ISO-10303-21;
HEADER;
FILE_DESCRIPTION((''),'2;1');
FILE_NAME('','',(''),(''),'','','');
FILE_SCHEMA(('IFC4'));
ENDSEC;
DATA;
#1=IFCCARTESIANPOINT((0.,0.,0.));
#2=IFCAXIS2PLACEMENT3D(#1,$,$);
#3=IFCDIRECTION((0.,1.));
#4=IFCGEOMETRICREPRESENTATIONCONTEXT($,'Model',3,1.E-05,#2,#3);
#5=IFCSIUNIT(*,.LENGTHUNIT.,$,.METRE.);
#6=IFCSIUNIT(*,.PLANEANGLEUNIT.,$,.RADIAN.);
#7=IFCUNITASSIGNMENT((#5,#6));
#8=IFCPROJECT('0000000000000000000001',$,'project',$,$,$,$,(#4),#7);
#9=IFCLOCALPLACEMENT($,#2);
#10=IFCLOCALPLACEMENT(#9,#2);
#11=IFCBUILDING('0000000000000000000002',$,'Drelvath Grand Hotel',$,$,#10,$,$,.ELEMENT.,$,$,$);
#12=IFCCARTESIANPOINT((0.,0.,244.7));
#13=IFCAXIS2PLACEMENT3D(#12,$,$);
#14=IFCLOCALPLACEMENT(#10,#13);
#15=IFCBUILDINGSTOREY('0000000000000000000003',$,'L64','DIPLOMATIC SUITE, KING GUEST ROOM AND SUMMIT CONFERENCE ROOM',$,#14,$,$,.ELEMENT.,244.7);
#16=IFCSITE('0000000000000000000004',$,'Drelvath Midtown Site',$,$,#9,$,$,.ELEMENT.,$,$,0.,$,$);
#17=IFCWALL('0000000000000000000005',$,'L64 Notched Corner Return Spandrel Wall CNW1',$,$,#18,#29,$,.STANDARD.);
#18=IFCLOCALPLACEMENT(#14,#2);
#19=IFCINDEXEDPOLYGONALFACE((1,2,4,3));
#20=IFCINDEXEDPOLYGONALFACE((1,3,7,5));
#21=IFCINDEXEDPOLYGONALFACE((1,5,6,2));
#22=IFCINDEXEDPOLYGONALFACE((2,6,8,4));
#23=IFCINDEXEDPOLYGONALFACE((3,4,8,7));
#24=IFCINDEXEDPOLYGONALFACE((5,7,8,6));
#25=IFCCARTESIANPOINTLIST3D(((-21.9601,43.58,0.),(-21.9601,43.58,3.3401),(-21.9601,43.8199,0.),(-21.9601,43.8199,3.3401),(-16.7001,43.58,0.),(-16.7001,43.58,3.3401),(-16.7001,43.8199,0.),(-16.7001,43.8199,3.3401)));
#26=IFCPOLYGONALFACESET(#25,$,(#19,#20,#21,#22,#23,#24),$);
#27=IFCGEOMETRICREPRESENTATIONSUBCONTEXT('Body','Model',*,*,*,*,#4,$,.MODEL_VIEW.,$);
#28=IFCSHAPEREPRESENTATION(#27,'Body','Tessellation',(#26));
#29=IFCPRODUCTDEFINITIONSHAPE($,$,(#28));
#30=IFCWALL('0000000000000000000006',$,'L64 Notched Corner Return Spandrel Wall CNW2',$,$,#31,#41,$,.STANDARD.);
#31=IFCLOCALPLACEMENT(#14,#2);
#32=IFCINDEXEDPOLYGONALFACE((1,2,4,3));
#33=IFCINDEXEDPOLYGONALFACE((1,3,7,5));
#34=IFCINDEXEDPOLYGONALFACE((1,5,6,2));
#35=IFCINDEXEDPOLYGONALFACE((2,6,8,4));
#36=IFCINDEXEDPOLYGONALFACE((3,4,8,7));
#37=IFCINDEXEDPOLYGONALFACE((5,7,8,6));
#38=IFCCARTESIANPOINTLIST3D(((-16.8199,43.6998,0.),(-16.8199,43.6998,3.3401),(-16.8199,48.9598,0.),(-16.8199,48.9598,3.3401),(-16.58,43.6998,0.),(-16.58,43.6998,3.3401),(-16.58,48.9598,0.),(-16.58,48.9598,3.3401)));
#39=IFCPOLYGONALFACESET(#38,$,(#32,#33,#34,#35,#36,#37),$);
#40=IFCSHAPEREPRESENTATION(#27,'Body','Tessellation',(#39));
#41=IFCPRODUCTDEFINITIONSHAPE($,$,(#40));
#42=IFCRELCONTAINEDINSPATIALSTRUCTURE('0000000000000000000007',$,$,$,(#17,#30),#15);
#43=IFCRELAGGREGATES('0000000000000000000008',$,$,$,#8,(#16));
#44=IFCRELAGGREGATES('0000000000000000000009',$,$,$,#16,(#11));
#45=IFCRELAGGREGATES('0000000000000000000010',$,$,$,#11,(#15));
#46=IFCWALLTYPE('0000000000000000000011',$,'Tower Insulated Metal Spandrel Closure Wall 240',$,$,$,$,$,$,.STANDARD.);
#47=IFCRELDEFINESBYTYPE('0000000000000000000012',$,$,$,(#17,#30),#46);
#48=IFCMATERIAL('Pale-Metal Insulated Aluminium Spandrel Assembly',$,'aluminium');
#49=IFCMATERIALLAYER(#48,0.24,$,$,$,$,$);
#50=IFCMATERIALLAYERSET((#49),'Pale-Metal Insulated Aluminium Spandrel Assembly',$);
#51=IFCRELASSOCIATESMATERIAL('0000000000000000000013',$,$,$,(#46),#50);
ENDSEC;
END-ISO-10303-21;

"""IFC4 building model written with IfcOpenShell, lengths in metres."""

from ifc_helpers import new_model, si_unit, direction, frame, frame_2d, origin, place, context, subcontext, project, spatial, rectangle, extrude, material, layer, layer_set, type_object, element, save


model = new_model("IFC4")

# Units and contexts
model_context = context("Model", 3, precision=1e-05, world=origin(), true_north=direction((0.0, 1.0)))
body_context = subcontext(model_context, "Body", "Model", "MODEL_VIEW")
ifc_project = project(units=[si_unit("LENGTHUNIT", "METRE"), si_unit("PLANEANGLEUNIT", "RADIAN")], contexts=[model_context])

# Site, building, storey
site_placement = place(None, origin())
site = spatial("IfcSite", under=ifc_project, at=site_placement, Name="Drelvath Midtown Site", CompositionType="ELEMENT", RefElevation=0.0)
building_placement = place(site_placement, origin())
building = spatial("IfcBuilding", under=site, at=building_placement, Name="Drelvath Grand Hotel", CompositionType="ELEMENT")
storey_placement = place(building_placement, frame((0.0, 0.0, 244.7)))
storey = spatial("IfcBuildingStorey", under=building, at=storey_placement, Name="L64", Description="DIPLOMATIC SUITE, KING GUEST ROOM AND SUMMIT CONFERENCE ROOM", CompositionType="ELEMENT", Elevation=244.7)

# Walls
ifc_material_1 = material(Name="Pale-Metal Insulated Aluminium Spandrel Assembly", Category="aluminium")
ifc_layer_1 = layer(ifc_material_1, 0.24)
ifc_layer_set_1 = layer_set([ifc_layer_1], Name="Pale-Metal Insulated Aluminium Spandrel Assembly")
wall_type_1 = type_object("IfcWallType", Name="Tower Insulated Metal Spandrel Closure Wall 240", PredefinedType="STANDARD", material=ifc_layer_set_1)
for number, where, z_axis, x_axis, name in (
    (1, (-21.96, 43.7, 0.0), (0.0, 0.0, 1.0), (1.0, 0.0, 0.0), "L64 Notched Corner Return Spandrel Wall CNW1"),
    (2, (-16.7, 43.7, 0.0), (0.0, 0.0, 1.0), (0.0, 1.0, 0.0), "L64 Notched Corner Return Spandrel Wall CNW2"),
):
    element("IfcWall", number, at=place(storey_placement, frame(where, z_axis=z_axis, x_axis=x_axis)), inside=storey, type_object=wall_type_1, Name=name, PredefinedType="STANDARD", context=body_context, shape_type="SweptSolid", body=[
        extrude(rectangle(XDim=5.26, YDim=0.24, at=frame_2d((2.6299, 0.0))), origin(), (0.0, 0.0, 1.0), 3.3401),
    ])

save(model, "model.ifc")
